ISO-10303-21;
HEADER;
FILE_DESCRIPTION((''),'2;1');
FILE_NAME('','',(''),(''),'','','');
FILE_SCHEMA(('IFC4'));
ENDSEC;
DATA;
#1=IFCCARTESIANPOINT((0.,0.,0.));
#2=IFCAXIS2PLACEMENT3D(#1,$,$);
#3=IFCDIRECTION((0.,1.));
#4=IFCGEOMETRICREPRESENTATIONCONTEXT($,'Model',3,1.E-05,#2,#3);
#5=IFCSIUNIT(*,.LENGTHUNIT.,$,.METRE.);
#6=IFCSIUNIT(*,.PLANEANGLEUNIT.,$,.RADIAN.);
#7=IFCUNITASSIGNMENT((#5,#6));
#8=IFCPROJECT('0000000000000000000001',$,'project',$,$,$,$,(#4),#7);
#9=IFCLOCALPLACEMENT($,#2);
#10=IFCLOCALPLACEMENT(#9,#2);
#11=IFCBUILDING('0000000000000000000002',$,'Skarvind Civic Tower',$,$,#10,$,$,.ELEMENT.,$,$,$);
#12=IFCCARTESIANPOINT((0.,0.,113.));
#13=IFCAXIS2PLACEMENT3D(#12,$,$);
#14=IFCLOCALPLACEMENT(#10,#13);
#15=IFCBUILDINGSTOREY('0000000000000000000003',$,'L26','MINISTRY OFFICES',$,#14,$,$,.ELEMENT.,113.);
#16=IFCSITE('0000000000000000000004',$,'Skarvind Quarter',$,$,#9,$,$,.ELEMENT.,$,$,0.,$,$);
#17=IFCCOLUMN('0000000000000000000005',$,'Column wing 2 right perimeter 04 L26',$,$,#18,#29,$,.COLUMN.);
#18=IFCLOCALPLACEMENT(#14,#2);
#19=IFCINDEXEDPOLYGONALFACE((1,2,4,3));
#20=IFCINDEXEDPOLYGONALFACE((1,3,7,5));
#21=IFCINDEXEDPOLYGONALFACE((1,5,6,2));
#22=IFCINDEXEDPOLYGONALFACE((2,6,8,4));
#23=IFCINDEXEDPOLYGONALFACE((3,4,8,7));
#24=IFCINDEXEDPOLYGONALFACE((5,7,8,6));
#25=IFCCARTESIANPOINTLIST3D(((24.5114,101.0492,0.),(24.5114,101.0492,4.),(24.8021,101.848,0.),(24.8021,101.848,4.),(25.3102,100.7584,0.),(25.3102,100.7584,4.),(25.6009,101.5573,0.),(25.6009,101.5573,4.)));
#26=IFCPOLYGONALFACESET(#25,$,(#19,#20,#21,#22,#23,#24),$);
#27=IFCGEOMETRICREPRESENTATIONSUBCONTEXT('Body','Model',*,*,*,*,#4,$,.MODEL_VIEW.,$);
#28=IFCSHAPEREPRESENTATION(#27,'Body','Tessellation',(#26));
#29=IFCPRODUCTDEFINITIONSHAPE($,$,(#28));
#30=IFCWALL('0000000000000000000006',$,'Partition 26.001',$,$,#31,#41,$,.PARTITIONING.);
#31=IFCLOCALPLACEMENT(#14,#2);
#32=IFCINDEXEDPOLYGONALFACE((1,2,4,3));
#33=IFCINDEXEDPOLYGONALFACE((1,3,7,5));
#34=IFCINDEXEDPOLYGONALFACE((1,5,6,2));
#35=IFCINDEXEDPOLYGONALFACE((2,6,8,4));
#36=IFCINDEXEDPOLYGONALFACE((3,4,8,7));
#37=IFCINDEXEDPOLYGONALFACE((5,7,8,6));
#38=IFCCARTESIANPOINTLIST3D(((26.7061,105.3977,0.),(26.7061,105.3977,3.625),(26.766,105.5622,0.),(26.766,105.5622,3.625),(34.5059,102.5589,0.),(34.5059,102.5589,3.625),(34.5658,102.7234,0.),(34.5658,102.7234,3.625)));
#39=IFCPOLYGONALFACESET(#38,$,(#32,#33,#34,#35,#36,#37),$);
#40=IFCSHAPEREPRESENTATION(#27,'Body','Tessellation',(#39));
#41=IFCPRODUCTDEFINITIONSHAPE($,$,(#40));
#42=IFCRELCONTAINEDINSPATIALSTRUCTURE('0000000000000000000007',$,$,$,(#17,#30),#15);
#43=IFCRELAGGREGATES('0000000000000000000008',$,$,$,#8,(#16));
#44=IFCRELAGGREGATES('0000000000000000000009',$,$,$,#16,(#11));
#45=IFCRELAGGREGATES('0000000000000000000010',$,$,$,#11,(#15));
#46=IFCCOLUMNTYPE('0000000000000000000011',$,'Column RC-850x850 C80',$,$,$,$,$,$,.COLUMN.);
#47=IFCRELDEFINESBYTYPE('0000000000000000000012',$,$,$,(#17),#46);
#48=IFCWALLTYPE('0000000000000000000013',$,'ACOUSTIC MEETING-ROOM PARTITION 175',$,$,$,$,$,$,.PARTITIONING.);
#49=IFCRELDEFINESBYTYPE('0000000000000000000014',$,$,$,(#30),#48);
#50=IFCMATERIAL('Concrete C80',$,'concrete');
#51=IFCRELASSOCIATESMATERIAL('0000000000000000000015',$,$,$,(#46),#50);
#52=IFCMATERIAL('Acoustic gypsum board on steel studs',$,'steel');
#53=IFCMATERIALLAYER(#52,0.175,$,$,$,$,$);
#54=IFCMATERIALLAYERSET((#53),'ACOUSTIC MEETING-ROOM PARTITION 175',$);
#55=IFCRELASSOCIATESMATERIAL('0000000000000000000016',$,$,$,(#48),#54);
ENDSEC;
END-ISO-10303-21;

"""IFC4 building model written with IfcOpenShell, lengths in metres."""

from ifc_helpers import new_model, si_unit, direction, frame, frame_2d, origin, origin_2d, place, context, subcontext, project, spatial, rectangle, extrude, material, layer, layer_set, material_profile, profile_set, type_object, element, save


model = new_model("IFC4")

# Units and contexts
model_context = context("Model", 3, precision=1e-05, world=origin(), true_north=direction((0.0, 1.0)))
body_context = subcontext(model_context, "Body", "Model", "MODEL_VIEW")
ifc_project = project(units=[si_unit("LENGTHUNIT", "METRE"), si_unit("PLANEANGLEUNIT", "RADIAN")], contexts=[model_context])

# Site, building, storey
site_placement = place(None, origin())
site = spatial("IfcSite", under=ifc_project, at=site_placement, Name="Skarvind Quarter", CompositionType="ELEMENT", RefElevation=0.0)
building_placement = place(site_placement, origin())
building = spatial("IfcBuilding", under=site, at=building_placement, Name="Skarvind Civic Tower", CompositionType="ELEMENT")
storey_placement = place(building_placement, frame((0.0, 0.0, 113.0)))
storey = spatial("IfcBuildingStorey", under=building, at=storey_placement, Name="L26", Description="MINISTRY OFFICES", CompositionType="ELEMENT", Elevation=113.0)

# Column
ifc_material_1 = material(Name="Concrete C80", Category="concrete")
ifc_material_profile = material_profile(ifc_material_1, rectangle(XDim=0.8501, YDim=0.8501, at=origin_2d()), Name="RC-850x850")
ifc_profile_set = profile_set([ifc_material_profile], Name="Concrete C80")
column_type = type_object("IfcColumnType", Name="Column RC-850x850 C80", PredefinedType="COLUMN", material=ifc_profile_set)
column_placement = place(storey_placement, frame((25.0562, 101.3032, 0.0), z_axis=(0.0, 0.0, 1.0), x_axis=(-0.34202, -0.939693, 0.0)))
element("IfcColumn", 1, at=column_placement, inside=storey, type_object=column_type, Name="Column wing 2 right perimeter 04 L26", PredefinedType="COLUMN", context=body_context, shape_type="SweptSolid", body=[
    extrude(rectangle(XDim=0.8501, YDim=0.8501, at=origin_2d()), origin(), (0.0, 0.0, 1.0), 4.0),
])

# Wall
ifc_material_2 = material(Name="Acoustic gypsum board on steel studs", Category="steel")
ifc_layer_1 = layer(ifc_material_2, 0.175)
ifc_layer_set_1 = layer_set([ifc_layer_1], Name="ACOUSTIC MEETING-ROOM PARTITION 175")
wall_type_1 = type_object("IfcWallType", Name="ACOUSTIC MEETING-ROOM PARTITION 175", PredefinedType="PARTITIONING", material=ifc_layer_set_1)
wall_1_placement = place(storey_placement, frame((26.7361, 105.48, 0.0), z_axis=(0.0, 0.0, 1.0), x_axis=(0.939694, -0.342017, 0.0)))
element("IfcWall", 2, at=wall_1_placement, inside=storey, type_object=wall_type_1, Name="Partition 26.001", PredefinedType="PARTITIONING", context=body_context, shape_type="SweptSolid", body=[
    extrude(rectangle(XDim=8.3003, YDim=0.175, at=frame_2d((4.1501, 0.0))), origin(), (0.0, 0.0, 1.0), 3.625),
])

save(model, "model.ifc")
